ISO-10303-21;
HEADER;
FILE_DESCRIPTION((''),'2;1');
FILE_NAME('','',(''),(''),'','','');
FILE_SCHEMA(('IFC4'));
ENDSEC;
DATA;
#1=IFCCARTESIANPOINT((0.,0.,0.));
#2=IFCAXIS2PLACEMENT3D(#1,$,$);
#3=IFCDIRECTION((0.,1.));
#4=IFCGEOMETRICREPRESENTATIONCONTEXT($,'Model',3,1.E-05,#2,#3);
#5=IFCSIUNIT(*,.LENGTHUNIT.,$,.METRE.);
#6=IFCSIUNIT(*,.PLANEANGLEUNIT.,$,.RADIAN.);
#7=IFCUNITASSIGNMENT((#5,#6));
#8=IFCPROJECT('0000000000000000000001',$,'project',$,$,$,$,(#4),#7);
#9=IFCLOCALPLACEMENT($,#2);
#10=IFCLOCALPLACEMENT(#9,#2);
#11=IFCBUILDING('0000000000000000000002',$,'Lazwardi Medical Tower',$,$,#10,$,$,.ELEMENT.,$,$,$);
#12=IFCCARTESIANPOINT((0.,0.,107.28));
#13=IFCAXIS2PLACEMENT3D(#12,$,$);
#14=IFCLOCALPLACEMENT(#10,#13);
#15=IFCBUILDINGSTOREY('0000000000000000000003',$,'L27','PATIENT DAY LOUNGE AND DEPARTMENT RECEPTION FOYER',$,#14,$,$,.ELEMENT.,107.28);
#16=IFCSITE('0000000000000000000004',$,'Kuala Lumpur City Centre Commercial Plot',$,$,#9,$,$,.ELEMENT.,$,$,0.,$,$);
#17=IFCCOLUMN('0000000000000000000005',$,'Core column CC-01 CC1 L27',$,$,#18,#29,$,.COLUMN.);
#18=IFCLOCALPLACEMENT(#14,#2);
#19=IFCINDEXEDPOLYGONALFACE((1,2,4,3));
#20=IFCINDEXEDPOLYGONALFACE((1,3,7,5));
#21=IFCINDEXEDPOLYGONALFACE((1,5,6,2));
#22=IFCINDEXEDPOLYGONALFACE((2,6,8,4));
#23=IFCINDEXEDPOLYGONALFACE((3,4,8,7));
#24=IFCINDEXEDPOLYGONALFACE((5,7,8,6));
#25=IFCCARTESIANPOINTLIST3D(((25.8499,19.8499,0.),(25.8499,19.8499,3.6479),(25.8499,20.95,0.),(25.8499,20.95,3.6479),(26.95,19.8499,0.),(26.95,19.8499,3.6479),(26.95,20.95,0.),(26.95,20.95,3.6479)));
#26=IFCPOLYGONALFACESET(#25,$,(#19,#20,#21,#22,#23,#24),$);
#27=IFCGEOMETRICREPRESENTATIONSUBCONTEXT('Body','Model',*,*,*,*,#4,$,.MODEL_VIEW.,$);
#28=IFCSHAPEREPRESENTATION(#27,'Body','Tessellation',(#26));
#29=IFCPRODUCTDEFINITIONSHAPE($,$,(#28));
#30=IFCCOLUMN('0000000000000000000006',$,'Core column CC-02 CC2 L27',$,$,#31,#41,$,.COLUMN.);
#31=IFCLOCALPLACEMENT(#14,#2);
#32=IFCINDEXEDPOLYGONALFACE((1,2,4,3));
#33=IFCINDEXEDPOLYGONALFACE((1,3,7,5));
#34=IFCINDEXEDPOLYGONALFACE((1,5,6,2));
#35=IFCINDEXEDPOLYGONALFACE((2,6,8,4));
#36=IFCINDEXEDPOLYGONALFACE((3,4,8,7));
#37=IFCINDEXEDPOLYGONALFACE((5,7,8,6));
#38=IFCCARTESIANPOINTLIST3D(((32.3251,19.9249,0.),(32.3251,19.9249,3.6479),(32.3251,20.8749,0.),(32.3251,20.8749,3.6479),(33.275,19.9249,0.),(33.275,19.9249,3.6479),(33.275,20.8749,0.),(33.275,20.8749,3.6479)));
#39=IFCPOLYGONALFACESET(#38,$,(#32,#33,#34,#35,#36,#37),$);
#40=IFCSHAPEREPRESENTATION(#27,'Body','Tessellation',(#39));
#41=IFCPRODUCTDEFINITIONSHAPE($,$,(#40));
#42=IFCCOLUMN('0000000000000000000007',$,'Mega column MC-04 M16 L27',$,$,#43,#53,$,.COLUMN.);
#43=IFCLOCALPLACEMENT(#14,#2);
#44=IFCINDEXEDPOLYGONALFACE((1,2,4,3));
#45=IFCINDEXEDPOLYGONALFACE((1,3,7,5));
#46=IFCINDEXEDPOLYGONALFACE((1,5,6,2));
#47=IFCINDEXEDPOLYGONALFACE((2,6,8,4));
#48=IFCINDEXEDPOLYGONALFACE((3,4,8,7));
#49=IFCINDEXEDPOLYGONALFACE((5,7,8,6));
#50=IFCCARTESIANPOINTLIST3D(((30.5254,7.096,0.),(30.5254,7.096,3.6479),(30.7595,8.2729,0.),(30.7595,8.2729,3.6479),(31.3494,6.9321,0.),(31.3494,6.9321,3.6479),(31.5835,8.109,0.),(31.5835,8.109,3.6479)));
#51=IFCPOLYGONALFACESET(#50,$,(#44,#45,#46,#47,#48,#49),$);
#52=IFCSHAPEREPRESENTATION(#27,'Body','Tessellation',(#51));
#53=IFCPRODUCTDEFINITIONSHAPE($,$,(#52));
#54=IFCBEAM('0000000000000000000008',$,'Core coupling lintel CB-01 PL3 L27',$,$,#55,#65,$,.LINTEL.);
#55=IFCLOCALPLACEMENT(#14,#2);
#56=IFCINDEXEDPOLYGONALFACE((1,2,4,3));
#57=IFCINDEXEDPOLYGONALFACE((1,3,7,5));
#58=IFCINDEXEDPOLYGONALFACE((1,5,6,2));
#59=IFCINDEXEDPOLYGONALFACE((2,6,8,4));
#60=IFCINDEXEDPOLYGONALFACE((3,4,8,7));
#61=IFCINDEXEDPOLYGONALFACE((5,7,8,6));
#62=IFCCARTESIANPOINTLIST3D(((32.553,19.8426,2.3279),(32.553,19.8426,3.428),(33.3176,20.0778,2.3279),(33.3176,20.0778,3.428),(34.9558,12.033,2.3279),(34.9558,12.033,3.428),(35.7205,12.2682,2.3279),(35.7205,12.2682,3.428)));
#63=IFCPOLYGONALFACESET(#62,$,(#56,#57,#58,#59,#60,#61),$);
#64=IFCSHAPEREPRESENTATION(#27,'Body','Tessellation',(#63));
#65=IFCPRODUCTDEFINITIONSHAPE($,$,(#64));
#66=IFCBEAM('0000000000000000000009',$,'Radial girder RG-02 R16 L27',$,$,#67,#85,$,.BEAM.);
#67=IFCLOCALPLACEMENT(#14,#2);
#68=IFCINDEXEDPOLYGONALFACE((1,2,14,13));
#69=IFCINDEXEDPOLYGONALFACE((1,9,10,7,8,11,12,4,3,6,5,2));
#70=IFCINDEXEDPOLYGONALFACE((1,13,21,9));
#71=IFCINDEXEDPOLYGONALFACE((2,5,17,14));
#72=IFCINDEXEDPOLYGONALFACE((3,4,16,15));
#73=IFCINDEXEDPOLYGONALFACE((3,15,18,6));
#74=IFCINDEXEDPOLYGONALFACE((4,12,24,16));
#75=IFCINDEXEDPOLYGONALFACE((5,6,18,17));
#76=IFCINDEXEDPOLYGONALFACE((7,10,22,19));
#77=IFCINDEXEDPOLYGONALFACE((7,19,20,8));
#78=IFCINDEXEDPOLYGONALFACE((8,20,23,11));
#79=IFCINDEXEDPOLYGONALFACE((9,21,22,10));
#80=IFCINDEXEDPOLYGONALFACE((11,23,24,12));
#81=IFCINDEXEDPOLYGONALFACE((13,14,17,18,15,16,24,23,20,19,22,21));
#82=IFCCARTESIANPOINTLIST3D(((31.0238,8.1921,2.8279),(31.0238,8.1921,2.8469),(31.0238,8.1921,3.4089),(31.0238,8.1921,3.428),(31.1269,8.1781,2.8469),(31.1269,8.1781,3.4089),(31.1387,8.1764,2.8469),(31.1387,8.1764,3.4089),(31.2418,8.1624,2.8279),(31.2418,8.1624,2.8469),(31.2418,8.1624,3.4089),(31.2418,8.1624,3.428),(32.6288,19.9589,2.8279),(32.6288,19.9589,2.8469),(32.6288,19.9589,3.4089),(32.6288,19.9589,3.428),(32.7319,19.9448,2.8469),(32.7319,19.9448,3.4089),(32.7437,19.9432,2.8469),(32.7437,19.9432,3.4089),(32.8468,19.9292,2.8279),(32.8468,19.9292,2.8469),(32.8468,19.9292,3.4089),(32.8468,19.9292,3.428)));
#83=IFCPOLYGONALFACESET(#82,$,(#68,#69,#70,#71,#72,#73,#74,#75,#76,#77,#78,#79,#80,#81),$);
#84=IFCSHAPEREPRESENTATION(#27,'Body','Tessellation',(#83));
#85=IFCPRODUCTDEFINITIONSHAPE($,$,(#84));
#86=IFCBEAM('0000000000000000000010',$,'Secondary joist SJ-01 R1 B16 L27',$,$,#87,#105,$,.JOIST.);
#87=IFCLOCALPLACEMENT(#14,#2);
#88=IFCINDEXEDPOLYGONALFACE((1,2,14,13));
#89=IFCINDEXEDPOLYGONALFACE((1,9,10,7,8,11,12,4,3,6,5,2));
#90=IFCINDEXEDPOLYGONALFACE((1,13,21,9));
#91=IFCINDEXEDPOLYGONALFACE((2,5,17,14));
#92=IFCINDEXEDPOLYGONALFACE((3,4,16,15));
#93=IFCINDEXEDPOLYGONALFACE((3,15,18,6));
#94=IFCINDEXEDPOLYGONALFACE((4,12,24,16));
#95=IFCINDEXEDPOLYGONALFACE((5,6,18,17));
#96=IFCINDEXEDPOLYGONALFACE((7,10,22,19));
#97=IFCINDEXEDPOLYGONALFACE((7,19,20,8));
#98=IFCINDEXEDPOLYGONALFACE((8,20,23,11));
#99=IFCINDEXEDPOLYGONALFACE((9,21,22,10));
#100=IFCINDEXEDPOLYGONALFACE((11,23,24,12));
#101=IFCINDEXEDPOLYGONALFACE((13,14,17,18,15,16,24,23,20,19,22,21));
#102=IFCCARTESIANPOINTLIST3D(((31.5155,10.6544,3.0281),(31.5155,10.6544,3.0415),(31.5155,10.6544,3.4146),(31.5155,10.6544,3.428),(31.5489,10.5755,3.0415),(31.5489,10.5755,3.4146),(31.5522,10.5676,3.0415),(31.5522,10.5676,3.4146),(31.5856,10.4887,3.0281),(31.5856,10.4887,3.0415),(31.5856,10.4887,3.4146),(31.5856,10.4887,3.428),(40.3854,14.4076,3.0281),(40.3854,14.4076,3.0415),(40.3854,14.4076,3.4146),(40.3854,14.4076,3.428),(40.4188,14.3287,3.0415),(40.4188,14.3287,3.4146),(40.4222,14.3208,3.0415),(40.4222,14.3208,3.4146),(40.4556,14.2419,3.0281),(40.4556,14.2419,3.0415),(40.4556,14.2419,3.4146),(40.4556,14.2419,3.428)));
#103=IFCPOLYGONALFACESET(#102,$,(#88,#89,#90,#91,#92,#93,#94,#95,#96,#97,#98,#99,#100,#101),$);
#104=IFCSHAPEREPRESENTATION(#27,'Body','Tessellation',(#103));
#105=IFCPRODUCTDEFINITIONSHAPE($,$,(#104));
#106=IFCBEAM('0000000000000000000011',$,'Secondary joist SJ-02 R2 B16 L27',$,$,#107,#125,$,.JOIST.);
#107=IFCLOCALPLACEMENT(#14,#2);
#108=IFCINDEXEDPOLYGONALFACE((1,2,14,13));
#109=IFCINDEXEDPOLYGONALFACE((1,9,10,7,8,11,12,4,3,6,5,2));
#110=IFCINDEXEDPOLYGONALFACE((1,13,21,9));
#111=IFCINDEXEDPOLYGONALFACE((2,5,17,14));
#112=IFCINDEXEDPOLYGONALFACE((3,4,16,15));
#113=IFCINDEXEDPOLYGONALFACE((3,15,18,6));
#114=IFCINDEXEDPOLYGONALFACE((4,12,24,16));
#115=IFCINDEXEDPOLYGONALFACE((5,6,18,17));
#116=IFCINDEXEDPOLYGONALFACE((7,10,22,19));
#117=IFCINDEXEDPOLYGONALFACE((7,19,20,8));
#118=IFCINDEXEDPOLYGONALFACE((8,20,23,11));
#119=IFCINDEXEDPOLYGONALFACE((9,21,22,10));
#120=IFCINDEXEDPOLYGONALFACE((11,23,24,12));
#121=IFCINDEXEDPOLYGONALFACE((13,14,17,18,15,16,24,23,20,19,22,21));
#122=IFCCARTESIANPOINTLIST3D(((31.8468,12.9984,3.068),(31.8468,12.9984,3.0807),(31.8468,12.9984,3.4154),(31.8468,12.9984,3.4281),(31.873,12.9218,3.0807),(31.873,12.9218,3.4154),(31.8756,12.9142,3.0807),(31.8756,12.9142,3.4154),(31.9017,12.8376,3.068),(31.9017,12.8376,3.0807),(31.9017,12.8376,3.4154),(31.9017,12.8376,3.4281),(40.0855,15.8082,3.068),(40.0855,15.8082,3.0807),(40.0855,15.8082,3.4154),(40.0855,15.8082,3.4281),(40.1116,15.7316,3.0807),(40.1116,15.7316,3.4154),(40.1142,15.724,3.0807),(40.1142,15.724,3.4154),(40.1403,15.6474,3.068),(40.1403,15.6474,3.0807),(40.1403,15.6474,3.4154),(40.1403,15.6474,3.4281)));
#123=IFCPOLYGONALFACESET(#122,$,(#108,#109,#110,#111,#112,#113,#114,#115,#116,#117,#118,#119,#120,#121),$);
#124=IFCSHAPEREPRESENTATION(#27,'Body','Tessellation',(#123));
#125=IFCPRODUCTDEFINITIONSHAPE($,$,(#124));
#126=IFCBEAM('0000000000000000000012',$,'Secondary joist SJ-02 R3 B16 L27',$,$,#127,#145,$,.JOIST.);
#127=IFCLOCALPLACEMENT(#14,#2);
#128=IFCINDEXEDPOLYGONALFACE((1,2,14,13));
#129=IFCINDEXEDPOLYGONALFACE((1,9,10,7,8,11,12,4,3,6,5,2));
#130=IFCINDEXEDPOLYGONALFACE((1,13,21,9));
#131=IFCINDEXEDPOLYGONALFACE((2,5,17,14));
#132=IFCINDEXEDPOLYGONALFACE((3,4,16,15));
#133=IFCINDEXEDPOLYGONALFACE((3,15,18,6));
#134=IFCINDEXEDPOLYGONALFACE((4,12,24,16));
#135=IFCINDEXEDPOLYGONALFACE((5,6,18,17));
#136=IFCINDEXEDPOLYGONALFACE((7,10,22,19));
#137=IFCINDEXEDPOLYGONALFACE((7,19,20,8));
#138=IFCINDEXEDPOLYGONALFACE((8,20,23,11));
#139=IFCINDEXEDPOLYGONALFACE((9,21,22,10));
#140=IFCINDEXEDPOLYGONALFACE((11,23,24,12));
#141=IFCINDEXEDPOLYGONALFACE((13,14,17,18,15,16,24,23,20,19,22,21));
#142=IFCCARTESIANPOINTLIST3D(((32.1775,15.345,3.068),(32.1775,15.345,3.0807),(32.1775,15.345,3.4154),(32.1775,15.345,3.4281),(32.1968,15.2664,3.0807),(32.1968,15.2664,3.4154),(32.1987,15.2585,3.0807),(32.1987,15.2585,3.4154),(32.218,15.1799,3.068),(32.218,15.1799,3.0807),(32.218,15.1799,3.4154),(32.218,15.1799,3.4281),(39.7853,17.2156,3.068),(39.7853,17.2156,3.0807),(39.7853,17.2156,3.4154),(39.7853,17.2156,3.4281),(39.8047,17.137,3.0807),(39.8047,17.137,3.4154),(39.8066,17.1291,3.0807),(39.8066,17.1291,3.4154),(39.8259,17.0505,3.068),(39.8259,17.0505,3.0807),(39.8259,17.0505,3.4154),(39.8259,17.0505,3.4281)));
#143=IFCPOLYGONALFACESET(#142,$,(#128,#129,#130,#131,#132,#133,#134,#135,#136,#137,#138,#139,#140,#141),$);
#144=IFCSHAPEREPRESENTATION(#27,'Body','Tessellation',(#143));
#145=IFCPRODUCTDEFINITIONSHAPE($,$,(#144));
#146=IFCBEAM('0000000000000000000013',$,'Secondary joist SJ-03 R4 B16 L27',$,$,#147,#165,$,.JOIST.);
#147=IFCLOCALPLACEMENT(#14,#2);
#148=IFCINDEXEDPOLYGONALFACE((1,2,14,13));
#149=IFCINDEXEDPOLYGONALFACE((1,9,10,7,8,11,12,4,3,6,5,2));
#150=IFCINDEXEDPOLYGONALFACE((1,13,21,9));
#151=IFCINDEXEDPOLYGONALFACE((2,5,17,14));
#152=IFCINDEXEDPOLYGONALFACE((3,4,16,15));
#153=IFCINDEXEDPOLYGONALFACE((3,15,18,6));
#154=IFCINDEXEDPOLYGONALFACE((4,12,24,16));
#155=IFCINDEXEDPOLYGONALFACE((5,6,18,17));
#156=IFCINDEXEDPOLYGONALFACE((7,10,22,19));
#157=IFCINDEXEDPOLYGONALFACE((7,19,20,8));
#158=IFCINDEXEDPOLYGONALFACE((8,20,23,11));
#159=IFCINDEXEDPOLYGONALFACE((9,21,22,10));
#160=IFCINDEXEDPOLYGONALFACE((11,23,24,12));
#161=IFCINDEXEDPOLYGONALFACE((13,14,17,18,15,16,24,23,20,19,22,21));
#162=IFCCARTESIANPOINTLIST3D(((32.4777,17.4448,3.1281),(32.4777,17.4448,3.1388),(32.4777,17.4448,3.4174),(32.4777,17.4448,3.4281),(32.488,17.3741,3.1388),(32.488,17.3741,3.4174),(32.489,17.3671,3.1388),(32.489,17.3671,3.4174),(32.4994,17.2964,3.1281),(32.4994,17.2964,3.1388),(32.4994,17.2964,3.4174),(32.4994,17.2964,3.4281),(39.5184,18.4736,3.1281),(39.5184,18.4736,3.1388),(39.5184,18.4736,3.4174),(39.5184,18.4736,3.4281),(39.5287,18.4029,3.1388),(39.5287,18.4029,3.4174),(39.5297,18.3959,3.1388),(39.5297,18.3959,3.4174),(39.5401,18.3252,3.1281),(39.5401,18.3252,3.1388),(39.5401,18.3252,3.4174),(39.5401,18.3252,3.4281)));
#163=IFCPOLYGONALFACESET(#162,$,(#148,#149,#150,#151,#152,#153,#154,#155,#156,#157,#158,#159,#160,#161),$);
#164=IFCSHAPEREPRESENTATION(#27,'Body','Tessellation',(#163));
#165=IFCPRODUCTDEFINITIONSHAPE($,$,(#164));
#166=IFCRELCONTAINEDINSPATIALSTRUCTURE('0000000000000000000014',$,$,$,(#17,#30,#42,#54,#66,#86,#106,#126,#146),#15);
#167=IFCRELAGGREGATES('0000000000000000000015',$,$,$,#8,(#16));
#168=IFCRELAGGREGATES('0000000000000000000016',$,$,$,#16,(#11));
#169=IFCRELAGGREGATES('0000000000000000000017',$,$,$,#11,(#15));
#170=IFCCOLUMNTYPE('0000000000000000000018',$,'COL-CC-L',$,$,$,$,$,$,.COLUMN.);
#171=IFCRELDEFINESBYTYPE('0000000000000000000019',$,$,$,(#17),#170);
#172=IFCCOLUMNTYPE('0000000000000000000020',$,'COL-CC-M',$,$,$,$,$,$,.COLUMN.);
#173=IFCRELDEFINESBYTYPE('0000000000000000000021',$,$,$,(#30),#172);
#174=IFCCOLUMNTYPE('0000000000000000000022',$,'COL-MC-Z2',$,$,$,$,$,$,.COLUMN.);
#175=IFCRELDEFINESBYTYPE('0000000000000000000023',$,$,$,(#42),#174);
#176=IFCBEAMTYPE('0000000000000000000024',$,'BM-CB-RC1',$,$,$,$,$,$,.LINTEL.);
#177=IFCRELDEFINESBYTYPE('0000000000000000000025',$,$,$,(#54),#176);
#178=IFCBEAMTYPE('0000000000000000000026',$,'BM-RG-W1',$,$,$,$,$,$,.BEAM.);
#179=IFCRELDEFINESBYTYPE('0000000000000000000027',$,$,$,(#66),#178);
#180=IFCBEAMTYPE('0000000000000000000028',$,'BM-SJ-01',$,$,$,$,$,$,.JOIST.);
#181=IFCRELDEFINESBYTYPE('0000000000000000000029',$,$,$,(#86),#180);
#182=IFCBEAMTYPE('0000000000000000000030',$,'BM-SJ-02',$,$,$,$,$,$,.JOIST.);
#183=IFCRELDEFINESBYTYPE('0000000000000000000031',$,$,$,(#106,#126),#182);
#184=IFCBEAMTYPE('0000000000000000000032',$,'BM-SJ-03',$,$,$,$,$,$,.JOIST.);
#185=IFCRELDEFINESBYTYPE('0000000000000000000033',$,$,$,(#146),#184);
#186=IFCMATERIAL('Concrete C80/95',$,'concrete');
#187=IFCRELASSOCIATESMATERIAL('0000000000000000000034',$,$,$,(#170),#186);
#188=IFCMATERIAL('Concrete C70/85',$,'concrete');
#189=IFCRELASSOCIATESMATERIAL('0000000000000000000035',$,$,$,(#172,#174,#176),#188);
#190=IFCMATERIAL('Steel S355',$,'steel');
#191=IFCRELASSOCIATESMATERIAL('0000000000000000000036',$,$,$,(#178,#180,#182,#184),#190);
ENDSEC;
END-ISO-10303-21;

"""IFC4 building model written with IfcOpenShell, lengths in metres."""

from ifc_helpers import new_model, si_unit, direction, frame, origin, origin_2d, place, context, subcontext, project, spatial, rectangle, i_section, extrude, material, material_profile, profile_set, type_object, element, save


model = new_model("IFC4")

# Units and contexts
model_context = context("Model", 3, precision=1e-05, world=origin(), true_north=direction((0.0, 1.0)))
body_context = subcontext(model_context, "Body", "Model", "MODEL_VIEW")
ifc_project = project(units=[si_unit("LENGTHUNIT", "METRE"), si_unit("PLANEANGLEUNIT", "RADIAN")], contexts=[model_context])

# Site, building, storey
site_placement = place(None, origin())
site = spatial("IfcSite", under=ifc_project, at=site_placement, Name="Kuala Lumpur City Centre Commercial Plot", CompositionType="ELEMENT", RefElevation=0.0)
building_placement = place(site_placement, origin())
building = spatial("IfcBuilding", under=site, at=building_placement, Name="Lazwardi Medical Tower", CompositionType="ELEMENT")
storey_placement = place(building_placement, frame((0.0, 0.0, 107.28)))
storey = spatial("IfcBuildingStorey", under=building, at=storey_placement, Name="L27", Description="PATIENT DAY LOUNGE AND DEPARTMENT RECEPTION FOYER", CompositionType="ELEMENT", Elevation=107.28)

# Columns
ifc_material_1 = material(Name="Concrete C80/95", Category="concrete")
ifc_material_profile_1 = material_profile(ifc_material_1, rectangle(XDim=1.1001, YDim=1.1001, at=origin_2d()), Name="RC 1100x1100")
ifc_profile_set_1 = profile_set([ifc_material_profile_1], Name="Concrete C80/95")
column_type_1 = type_object("IfcColumnType", Name="COL-CC-L", PredefinedType="COLUMN", material=ifc_profile_set_1)
column_1_placement = place(storey_placement, frame((26.3999, 20.3999, 0.0), z_axis=(0.0, 0.0, 1.0), x_axis=(1.0, 0.0, 0.0)))
element("IfcColumn", 1, at=column_1_placement, inside=storey, type_object=column_type_1, Name="Core column CC-01 CC1 L27", PredefinedType="COLUMN", context=body_context, shape_type="SweptSolid", body=[
    extrude(rectangle(XDim=1.1001, YDim=1.1001, at=origin_2d()), origin(), (0.0, 0.0, 1.0), 3.6479),
])
ifc_material_2 = material(Name="Concrete C70/85", Category="concrete")
ifc_material_profile_2 = material_profile(ifc_material_2, rectangle(XDim=0.95, YDim=0.95, at=origin_2d()), Name="RC 950x950")
ifc_profile_set_2 = profile_set([ifc_material_profile_2], Name="Concrete C70/85")
column_type_2 = type_object("IfcColumnType", Name="COL-CC-M", PredefinedType="COLUMN", material=ifc_profile_set_2)
column_2_placement = place(storey_placement, frame((32.8, 20.3999, 0.0), z_axis=(0.0, 0.0, 1.0), x_axis=(1.0, 0.0, 0.0)))
element("IfcColumn", 2, at=column_2_placement, inside=storey, type_object=column_type_2, Name="Core column CC-02 CC2 L27", PredefinedType="COLUMN", context=body_context, shape_type="SweptSolid", body=[
    extrude(rectangle(XDim=0.95, YDim=0.95, at=origin_2d()), origin(), (0.0, 0.0, 1.0), 3.6479),
])
ifc_material_profile_3 = material_profile(ifc_material_2, rectangle(XDim=1.2, YDim=0.8401, at=origin_2d()), Name="CFT-RECT 1200x840")
ifc_profile_set_3 = profile_set([ifc_material_profile_3], Name="Concrete C70/85")
column_type_3 = type_object("IfcColumnType", Name="COL-MC-Z2", PredefinedType="COLUMN", material=ifc_profile_set_3)
column_3_placement = place(storey_placement, frame((31.0544, 7.6025, 0.0), z_axis=(0.0, 0.0, 1.0), x_axis=(-0.19509, -0.980785, 0.0)))
element("IfcColumn", 3, at=column_3_placement, inside=storey, type_object=column_type_3, Name="Mega column MC-04 M16 L27", PredefinedType="COLUMN", context=body_context, shape_type="SweptSolid", body=[
    extrude(rectangle(XDim=1.2, YDim=0.8401, at=origin_2d()), origin(), (0.0, 0.0, 1.0), 3.6479),
])

# Beams
ifc_material_profile_4 = material_profile(ifc_material_2, rectangle(XDim=0.8, YDim=1.1001, at=origin_2d()), Name="RC 800x1100")
ifc_profile_set_4 = profile_set([ifc_material_profile_4], Name="Concrete C70/85")
beam_type_1 = type_object("IfcBeamType", Name="BM-CB-RC1", PredefinedType="LINTEL", material=ifc_profile_set_4)
beam_1_placement = place(storey_placement, frame((32.9353, 19.9602, 2.8779), z_axis=(0.294073, -0.955783, 0.0), x_axis=(0.955783, 0.294073, 0.0)))
element("IfcBeam", 4, at=beam_1_placement, inside=storey, type_object=beam_type_1, Name="Core coupling lintel CB-01 PL3 L27", PredefinedType="LINTEL", context=body_context, shape_type="SweptSolid", body=[
    extrude(rectangle(XDim=0.8, YDim=1.1001, at=origin_2d()), origin(), (0.0, 0.0, 1.0), 8.1709),
])
ifc_material_3 = material(Name="Steel S355", Category="steel")
ifc_material_profile_5 = material_profile(ifc_material_3, i_section(OverallWidth=0.22, OverallDepth=0.6001, WebThickness=0.012, FlangeThickness=0.019, at=origin_2d()), Name="IPE 600")
ifc_profile_set_5 = profile_set([ifc_material_profile_5], Name="Steel S355")
beam_type_2 = type_object("IfcBeamType", Name="BM-RG-W1", PredefinedType="BEAM", material=ifc_profile_set_5)
beam_2_placement = place(storey_placement, frame((31.1328, 8.1772, 3.1279), z_axis=(0.135147, 0.990826, 0.0), x_axis=(-0.990826, 0.135147, 0.0)))
element("IfcBeam", 5, at=beam_2_placement, inside=storey, type_object=beam_type_2, Name="Radial girder RG-02 R16 L27", PredefinedType="BEAM", context=body_context, shape_type="SweptSolid", body=[
    extrude(i_section(OverallWidth=0.22, OverallDepth=0.6001, WebThickness=0.012, FlangeThickness=0.019, at=origin_2d()), origin(), (0.0, 0.0, 1.0), 11.8757),
])
ifc_material_profile_6 = material_profile(ifc_material_3, i_section(OverallWidth=0.1799, OverallDepth=0.3999, WebThickness=0.0085, FlangeThickness=0.0134, at=origin_2d()), Name="IPE 400")
ifc_profile_set_6 = profile_set([ifc_material_profile_6], Name="Steel S355")
beam_type_3 = type_object("IfcBeamType", Name="BM-SJ-01", PredefinedType="JOIST", material=ifc_profile_set_6)
beam_3_placement = place(storey_placement, frame((31.5505, 10.5715, 3.228), z_axis=(0.920947, 0.389687, 0.0), x_axis=(-0.389687, 0.920947, 0.0)))
element("IfcBeam", 6, at=beam_3_placement, inside=storey, type_object=beam_type_3, Name="Secondary joist SJ-01 R1 B16 L27", PredefinedType="JOIST", context=body_context, shape_type="SweptSolid", body=[
    extrude(i_section(OverallWidth=0.1799, OverallDepth=0.3999, WebThickness=0.0085, FlangeThickness=0.0134, at=origin_2d()), origin(), (0.0, 0.0, 1.0), 9.6313),
])
ifc_material_profile_7 = material_profile(ifc_material_3, i_section(OverallWidth=0.1699, OverallDepth=0.3601, WebThickness=0.0081, FlangeThickness=0.0127, at=origin_2d()), Name="IPE 360")
ifc_profile_set_7 = profile_set([ifc_material_profile_7], Name="Steel S355")
beam_type_4 = type_object("IfcBeamType", Name="BM-SJ-02", PredefinedType="JOIST", material=ifc_profile_set_7)
beam_4_placement = place(storey_placement, frame((31.8743, 12.918, 3.248), z_axis=(0.946467, 0.3228, 0.0), x_axis=(-0.3228, 0.946467, 0.0)))
element("IfcBeam", 7, at=beam_4_placement, inside=storey, type_object=beam_type_4, Name="Secondary joist SJ-02 R2 B16 L27", PredefinedType="JOIST", context=body_context, shape_type="SweptSolid", body=[
    extrude(i_section(OverallWidth=0.1699, OverallDepth=0.3601, WebThickness=0.0081, FlangeThickness=0.0127, at=origin_2d()), origin(), (0.0, 0.0, 1.0), 8.7046),
])
beam_5_placement = place(storey_placement, frame((32.1978, 15.2625, 3.248), z_axis=(0.971077, 0.238765, 0.0), x_axis=(-0.238765, 0.971077, 0.0)))
element("IfcBeam", 8, at=beam_5_placement, inside=storey, type_object=beam_type_4, Name="Secondary joist SJ-02 R3 B16 L27", PredefinedType="JOIST", context=body_context, shape_type="SweptSolid", body=[
    extrude(i_section(OverallWidth=0.1699, OverallDepth=0.3601, WebThickness=0.0081, FlangeThickness=0.0127, at=origin_2d()), origin(), (0.0, 0.0, 1.0), 7.8345),
])
ifc_material_profile_8 = material_profile(ifc_material_3, i_section(OverallWidth=0.1499, OverallDepth=0.3, WebThickness=0.0071, FlangeThickness=0.0107, at=origin_2d()), Name="IPE 300")
ifc_profile_set_8 = profile_set([ifc_material_profile_8], Name="Steel S355")
beam_type_5 = type_object("IfcBeamType", Name="BM-SJ-03", PredefinedType="JOIST", material=ifc_profile_set_8)
beam_6_placement = place(storey_placement, frame((32.4885, 17.3706, 3.2781), z_axis=(0.989492, 0.144586, 0.0), x_axis=(-0.144586, 0.989492, 0.0)))
element("IfcBeam", 9, at=beam_6_placement, inside=storey, type_object=beam_type_5, Name="Secondary joist SJ-03 R4 B16 L27", PredefinedType="JOIST", context=body_context, shape_type="SweptSolid", body=[
    extrude(i_section(OverallWidth=0.1499, OverallDepth=0.3, WebThickness=0.0071, FlangeThickness=0.0107, at=origin_2d()), origin(), (0.0, 0.0, 1.0), 7.1155),
])

save(model, "model.ifc")
